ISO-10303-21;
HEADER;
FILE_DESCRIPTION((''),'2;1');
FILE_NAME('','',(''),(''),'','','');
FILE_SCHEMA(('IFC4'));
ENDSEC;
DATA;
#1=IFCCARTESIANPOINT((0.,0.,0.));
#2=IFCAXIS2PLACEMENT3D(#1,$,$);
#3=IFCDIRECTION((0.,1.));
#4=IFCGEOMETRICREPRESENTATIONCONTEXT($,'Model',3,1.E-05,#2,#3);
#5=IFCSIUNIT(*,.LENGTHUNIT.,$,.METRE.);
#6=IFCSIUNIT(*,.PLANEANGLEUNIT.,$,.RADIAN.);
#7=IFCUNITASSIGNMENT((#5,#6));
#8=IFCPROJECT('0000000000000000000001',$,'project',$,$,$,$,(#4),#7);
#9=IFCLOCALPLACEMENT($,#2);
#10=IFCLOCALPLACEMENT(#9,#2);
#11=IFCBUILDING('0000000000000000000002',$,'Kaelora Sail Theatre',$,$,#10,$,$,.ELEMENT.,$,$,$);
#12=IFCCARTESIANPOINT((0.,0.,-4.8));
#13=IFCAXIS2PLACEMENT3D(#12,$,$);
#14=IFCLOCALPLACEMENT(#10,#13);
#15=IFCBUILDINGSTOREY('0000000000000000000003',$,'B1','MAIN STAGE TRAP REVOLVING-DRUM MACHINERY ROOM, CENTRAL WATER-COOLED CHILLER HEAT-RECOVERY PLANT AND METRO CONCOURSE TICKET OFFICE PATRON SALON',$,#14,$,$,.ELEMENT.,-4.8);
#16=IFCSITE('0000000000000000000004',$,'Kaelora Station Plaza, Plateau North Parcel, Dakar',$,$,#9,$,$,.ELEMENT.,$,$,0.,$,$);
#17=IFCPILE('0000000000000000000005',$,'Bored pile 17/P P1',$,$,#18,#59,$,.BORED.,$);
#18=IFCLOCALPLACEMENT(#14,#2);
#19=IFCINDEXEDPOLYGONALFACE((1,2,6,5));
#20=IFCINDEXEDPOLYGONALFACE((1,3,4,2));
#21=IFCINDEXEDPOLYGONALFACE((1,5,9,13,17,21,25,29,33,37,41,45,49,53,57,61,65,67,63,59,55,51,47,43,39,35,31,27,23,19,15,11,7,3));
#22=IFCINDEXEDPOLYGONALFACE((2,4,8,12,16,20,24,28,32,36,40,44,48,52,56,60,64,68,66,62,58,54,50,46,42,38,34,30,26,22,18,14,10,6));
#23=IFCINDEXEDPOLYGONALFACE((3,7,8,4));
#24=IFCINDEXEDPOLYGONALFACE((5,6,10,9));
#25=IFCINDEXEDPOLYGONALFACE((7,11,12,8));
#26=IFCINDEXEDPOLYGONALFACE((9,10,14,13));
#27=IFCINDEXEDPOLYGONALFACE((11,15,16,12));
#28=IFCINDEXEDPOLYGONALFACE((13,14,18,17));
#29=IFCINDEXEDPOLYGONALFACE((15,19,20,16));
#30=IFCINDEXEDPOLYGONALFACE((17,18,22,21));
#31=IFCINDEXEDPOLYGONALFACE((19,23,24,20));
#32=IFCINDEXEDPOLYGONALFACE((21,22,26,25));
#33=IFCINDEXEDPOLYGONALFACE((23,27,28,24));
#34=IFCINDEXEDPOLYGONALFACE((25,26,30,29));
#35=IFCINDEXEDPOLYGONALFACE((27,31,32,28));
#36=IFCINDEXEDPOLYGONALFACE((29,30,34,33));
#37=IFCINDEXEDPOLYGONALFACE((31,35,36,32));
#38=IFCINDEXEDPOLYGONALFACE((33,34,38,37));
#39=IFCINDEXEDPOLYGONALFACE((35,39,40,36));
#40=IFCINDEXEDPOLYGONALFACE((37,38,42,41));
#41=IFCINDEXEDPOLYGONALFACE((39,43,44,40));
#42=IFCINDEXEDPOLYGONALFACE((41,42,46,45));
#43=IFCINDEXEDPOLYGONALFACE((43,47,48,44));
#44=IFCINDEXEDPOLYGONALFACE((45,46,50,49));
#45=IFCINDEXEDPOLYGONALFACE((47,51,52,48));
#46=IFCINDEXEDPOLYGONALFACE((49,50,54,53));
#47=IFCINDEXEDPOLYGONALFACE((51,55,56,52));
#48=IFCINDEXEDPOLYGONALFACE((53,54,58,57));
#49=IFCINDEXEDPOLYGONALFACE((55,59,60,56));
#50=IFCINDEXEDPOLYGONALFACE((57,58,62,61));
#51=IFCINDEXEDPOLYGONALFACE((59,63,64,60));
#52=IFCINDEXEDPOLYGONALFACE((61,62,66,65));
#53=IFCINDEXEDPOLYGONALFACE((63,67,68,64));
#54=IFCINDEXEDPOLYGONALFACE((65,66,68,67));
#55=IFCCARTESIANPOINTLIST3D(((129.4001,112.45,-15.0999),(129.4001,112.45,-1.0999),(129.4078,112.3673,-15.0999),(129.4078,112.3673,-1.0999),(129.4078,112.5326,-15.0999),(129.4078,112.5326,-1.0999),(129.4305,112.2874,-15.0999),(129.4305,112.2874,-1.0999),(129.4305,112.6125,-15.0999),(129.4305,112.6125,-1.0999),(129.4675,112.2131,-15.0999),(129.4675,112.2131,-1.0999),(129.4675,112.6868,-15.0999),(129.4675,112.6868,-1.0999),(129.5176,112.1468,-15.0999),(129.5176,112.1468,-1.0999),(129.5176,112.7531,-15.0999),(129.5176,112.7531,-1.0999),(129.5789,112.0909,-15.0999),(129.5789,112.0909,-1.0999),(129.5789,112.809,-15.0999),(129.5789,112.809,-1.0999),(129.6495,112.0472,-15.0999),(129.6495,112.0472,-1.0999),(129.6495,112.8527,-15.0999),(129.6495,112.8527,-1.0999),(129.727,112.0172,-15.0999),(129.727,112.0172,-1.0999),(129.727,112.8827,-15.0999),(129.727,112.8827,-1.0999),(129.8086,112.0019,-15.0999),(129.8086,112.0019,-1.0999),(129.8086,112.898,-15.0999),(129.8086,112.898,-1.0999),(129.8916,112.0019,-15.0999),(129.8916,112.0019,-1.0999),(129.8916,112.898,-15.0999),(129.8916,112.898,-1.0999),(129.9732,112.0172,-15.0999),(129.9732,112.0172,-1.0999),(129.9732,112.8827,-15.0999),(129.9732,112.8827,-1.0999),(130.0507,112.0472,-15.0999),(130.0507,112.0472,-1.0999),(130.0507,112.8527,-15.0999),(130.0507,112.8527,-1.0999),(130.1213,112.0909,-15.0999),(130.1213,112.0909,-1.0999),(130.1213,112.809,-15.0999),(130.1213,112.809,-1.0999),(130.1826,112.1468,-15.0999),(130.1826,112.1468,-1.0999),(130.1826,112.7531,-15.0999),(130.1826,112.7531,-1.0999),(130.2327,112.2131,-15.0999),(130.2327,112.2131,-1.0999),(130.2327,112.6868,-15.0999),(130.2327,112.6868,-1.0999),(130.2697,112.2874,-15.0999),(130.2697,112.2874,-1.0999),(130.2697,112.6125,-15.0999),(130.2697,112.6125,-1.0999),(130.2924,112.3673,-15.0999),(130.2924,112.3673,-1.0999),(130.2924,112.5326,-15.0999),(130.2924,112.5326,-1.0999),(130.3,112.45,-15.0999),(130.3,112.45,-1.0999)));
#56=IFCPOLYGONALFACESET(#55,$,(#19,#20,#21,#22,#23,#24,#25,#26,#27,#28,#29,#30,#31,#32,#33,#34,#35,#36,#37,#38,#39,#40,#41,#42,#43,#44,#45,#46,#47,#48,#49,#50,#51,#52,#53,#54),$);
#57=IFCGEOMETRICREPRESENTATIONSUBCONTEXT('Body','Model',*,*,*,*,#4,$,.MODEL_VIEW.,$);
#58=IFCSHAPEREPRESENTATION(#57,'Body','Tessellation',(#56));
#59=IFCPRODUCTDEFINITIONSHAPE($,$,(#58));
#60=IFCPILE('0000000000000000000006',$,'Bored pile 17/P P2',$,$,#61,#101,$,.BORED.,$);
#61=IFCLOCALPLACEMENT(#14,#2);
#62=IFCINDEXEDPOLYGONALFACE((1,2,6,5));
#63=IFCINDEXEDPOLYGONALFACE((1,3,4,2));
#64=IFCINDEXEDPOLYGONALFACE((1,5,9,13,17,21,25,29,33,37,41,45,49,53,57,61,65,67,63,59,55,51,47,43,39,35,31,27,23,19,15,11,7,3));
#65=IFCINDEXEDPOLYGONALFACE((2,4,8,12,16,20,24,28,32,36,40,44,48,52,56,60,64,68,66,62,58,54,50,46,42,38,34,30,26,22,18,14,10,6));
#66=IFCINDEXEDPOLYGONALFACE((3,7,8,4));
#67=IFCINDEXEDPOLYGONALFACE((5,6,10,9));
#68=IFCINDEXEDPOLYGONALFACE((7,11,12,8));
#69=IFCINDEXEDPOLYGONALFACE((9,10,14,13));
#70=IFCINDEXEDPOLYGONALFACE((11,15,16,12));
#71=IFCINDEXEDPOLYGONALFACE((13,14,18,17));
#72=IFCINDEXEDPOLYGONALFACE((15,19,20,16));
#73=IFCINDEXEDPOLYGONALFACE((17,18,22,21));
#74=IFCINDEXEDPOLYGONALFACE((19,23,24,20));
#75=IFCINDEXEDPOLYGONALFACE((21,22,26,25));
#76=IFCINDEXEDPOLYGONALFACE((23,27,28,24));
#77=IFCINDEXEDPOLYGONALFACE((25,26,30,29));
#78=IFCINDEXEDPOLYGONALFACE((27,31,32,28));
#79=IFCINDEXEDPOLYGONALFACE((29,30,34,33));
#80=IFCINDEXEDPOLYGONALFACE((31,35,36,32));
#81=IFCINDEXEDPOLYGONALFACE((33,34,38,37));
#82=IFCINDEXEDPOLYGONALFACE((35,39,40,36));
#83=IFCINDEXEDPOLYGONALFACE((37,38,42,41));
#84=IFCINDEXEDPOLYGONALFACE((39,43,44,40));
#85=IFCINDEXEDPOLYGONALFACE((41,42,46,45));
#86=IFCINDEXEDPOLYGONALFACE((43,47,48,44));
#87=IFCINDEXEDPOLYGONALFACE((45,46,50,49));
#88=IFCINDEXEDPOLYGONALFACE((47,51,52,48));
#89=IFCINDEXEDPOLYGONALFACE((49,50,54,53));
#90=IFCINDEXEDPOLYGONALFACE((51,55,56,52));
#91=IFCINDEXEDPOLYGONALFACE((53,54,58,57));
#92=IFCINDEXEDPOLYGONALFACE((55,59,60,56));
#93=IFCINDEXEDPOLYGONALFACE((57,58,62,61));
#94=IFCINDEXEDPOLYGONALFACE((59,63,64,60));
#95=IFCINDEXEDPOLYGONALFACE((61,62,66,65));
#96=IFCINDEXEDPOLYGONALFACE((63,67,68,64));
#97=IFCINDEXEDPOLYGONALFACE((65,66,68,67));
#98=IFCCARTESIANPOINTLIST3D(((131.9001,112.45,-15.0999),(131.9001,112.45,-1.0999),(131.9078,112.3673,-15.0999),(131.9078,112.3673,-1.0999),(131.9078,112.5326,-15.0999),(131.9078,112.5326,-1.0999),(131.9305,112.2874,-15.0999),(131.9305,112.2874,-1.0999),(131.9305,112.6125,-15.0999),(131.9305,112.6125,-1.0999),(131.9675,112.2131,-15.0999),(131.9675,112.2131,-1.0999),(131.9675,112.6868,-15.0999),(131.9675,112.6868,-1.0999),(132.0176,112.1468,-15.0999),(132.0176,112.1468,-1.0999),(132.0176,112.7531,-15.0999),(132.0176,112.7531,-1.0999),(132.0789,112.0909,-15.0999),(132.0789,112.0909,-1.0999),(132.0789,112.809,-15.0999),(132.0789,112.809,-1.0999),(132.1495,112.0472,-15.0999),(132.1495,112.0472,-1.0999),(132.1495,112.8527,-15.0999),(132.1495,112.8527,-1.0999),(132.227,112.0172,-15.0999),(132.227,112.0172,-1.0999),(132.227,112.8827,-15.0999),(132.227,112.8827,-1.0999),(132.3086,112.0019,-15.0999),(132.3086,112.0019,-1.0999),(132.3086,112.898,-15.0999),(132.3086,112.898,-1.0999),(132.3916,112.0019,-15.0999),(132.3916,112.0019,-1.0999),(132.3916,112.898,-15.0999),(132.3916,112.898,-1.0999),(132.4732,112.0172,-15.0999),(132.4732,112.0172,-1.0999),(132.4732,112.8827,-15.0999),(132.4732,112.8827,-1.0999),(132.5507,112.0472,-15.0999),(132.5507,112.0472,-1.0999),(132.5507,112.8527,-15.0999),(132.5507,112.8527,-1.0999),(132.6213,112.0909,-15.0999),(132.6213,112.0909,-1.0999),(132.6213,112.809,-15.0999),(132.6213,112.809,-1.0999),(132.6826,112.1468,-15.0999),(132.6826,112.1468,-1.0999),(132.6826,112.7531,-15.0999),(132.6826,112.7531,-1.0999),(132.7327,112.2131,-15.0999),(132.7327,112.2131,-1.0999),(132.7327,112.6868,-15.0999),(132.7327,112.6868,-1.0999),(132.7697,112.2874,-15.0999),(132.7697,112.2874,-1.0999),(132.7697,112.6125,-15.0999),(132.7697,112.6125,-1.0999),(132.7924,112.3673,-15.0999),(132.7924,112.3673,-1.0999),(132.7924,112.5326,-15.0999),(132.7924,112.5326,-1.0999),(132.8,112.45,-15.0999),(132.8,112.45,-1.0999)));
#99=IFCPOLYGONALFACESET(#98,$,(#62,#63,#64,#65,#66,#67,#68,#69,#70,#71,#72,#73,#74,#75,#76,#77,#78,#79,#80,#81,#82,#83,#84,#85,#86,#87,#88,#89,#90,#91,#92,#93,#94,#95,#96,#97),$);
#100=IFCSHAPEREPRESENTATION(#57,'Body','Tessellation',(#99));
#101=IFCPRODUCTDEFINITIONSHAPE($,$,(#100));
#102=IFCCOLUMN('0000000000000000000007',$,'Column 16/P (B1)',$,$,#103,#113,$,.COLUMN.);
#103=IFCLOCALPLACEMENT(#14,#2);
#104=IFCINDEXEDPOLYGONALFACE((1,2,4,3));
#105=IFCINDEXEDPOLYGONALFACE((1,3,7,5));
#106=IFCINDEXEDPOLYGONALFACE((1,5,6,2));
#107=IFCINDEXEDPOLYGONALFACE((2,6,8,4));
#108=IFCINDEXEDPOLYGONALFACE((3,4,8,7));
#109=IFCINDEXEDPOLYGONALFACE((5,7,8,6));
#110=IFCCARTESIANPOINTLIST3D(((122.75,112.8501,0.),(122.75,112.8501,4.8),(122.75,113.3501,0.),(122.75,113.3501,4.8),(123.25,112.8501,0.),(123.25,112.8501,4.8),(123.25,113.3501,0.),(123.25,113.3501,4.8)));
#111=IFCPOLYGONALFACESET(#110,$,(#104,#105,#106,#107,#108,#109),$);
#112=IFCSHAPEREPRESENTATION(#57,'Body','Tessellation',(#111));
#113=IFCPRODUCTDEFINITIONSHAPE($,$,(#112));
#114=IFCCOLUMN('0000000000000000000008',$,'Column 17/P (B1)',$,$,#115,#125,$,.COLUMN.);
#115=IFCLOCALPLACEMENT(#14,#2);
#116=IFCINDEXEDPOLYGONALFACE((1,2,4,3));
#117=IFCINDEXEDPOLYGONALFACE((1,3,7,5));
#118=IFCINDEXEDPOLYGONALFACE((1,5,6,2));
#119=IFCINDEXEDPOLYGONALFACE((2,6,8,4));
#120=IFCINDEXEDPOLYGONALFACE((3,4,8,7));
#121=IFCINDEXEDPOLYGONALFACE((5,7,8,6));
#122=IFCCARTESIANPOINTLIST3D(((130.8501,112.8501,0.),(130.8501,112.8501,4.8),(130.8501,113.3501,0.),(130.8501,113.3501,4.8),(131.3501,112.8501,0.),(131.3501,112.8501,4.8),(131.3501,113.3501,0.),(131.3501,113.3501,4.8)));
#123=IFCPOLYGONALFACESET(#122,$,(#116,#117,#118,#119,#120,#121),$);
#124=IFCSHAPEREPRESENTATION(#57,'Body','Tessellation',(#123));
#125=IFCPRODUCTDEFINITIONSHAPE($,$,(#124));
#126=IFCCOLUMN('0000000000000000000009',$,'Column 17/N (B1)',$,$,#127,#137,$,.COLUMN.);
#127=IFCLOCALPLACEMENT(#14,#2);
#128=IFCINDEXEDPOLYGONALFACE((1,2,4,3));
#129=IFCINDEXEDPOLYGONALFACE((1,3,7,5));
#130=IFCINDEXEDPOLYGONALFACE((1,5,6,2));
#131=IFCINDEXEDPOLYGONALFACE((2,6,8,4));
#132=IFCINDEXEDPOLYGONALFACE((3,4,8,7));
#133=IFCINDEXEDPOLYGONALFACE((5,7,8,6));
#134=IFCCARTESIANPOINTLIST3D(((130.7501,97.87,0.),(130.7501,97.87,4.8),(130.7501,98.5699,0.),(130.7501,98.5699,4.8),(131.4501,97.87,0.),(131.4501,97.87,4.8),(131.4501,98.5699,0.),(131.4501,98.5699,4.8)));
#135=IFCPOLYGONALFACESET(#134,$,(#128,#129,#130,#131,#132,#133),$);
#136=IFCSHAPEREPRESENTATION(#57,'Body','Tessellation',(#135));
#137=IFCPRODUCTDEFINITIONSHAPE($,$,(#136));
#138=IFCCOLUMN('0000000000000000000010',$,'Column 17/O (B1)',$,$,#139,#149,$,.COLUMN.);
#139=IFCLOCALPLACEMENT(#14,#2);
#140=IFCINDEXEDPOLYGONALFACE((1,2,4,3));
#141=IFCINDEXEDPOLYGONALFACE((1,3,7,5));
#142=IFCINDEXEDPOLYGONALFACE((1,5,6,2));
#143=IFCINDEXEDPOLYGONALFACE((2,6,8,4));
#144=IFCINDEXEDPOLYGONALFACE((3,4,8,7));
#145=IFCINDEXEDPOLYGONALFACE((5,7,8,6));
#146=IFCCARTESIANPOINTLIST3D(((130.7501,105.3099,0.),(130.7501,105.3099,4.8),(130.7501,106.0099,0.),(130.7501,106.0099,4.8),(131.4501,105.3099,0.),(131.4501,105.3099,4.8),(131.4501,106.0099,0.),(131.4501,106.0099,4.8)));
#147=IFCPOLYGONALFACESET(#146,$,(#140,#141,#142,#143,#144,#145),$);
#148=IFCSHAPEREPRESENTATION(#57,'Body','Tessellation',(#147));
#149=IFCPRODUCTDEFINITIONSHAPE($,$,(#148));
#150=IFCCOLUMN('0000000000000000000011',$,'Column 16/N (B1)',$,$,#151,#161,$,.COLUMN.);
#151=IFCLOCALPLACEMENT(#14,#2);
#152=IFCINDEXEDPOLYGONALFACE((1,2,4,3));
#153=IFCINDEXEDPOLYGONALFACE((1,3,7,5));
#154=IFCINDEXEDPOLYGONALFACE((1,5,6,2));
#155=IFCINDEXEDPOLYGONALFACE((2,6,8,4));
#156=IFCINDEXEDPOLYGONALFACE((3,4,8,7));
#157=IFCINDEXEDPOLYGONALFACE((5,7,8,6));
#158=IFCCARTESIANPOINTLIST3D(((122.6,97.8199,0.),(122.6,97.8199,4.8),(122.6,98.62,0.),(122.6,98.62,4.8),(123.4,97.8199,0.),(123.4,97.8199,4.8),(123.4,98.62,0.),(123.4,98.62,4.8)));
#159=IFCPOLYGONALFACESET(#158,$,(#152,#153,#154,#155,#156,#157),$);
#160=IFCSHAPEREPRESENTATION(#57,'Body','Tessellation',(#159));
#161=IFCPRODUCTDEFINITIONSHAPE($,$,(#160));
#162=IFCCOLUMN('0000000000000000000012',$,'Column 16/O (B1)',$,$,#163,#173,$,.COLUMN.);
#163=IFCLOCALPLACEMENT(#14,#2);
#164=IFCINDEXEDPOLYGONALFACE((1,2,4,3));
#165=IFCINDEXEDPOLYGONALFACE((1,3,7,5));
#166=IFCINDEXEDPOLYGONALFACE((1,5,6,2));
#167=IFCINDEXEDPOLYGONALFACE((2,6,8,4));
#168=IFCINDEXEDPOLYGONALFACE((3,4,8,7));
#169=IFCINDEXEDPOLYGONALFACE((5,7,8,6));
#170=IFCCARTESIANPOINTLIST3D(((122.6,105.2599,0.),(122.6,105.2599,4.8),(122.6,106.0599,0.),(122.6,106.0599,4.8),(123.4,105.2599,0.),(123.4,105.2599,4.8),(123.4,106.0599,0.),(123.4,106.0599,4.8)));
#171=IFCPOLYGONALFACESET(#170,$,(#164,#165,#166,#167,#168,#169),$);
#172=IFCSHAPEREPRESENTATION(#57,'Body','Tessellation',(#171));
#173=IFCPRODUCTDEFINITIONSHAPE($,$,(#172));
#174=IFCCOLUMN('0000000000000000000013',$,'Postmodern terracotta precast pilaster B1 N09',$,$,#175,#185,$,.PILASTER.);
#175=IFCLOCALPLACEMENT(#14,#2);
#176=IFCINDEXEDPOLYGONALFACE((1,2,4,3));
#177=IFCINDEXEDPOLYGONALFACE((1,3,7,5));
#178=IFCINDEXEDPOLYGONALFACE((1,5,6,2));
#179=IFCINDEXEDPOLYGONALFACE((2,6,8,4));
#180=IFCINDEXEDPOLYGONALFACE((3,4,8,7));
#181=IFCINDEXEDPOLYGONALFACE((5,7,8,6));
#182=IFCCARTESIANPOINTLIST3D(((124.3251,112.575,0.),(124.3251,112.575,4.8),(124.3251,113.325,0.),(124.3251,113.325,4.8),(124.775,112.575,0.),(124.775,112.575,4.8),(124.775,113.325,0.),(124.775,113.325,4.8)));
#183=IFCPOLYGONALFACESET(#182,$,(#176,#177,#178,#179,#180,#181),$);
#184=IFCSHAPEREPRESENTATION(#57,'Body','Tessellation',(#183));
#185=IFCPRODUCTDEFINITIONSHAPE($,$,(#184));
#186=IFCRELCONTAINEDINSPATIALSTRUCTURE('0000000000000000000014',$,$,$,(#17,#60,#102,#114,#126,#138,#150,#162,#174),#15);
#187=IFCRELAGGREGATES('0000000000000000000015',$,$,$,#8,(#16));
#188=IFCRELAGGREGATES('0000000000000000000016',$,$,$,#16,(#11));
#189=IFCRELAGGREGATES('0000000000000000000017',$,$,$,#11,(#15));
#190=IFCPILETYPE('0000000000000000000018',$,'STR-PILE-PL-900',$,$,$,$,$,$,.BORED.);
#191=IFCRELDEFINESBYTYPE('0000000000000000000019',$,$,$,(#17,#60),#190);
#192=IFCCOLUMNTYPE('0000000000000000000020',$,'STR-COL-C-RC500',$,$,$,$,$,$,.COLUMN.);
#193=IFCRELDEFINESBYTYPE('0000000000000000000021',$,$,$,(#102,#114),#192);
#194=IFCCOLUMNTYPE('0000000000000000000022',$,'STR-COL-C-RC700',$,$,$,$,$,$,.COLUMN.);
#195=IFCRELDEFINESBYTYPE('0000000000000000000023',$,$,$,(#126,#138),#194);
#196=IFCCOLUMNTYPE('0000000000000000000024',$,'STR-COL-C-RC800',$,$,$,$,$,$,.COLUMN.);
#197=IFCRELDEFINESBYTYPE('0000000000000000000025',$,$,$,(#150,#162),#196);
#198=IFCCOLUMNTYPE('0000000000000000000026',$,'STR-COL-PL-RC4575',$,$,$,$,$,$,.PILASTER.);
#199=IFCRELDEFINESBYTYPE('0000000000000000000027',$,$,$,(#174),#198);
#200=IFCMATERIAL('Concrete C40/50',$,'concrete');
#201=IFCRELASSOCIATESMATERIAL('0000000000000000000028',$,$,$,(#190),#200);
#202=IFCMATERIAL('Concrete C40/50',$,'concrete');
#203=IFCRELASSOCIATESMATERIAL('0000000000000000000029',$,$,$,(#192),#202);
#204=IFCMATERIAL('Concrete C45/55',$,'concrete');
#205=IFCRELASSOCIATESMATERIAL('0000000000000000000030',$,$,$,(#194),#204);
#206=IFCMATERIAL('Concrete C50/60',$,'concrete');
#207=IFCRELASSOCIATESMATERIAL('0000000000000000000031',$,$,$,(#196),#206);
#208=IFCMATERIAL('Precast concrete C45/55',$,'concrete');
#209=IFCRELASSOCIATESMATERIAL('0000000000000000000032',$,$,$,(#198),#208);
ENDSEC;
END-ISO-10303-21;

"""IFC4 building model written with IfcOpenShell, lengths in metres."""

from ifc_helpers import new_model, si_unit, direction, frame, origin, origin_2d, place, context, subcontext, project, spatial, rectangle, circle, extrude, material, material_profile, profile_set, type_object, element, save


model = new_model("IFC4")

# Units and contexts
model_context = context("Model", 3, precision=1e-05, world=origin(), true_north=direction((0.0, 1.0)))
body_context = subcontext(model_context, "Body", "Model", "MODEL_VIEW")
ifc_project = project(units=[si_unit("LENGTHUNIT", "METRE"), si_unit("PLANEANGLEUNIT", "RADIAN")], contexts=[model_context])

# Site, building, storey
site_placement = place(None, origin())
site = spatial("IfcSite", under=ifc_project, at=site_placement, Name="Kaelora Station Plaza, Plateau North Parcel, Dakar", CompositionType="ELEMENT", RefElevation=0.0)
building_placement = place(site_placement, origin())
building = spatial("IfcBuilding", under=site, at=building_placement, Name="Kaelora Sail Theatre", CompositionType="ELEMENT")
storey_placement = place(building_placement, frame((0.0, 0.0, -4.8)))
storey = spatial("IfcBuildingStorey", under=building, at=storey_placement, Name="B1", Description="MAIN STAGE TRAP REVOLVING-DRUM MACHINERY ROOM, CENTRAL WATER-COOLED CHILLER HEAT-RECOVERY PLANT AND METRO CONCOURSE TICKET OFFICE PATRON SALON", CompositionType="ELEMENT", Elevation=-4.8)

# Piles
ifc_material_1 = material(Name="Concrete C40/50", Category="concrete")
ifc_material_profile_1 = material_profile(ifc_material_1, circle(Radius=0.45, at=origin_2d()), Name="PILE D900")
ifc_profile_set_1 = profile_set([ifc_material_profile_1], Name="Concrete C40/50")
pile_type_1 = type_object("IfcPileType", Name="STR-PILE-PL-900", PredefinedType="BORED", material=ifc_profile_set_1)
for number, where, z_axis, x_axis, name in (
    (1, (129.8501, 112.45, -1.0999), (0.0, 0.0, -1.0), (1.0, 0.0, 0.0), "Bored pile 17/P P1"),
    (2, (132.3501, 112.45, -1.0999), (0.0, 0.0, -1.0), (1.0, 0.0, 0.0), "Bored pile 17/P P2"),
):
    element("IfcPile", number, at=place(storey_placement, frame(where, z_axis=z_axis, x_axis=x_axis)), inside=storey, type_object=pile_type_1, Name=name, PredefinedType="BORED", context=body_context, shape_type="SweptSolid", body=[
        extrude(circle(Radius=0.45, at=origin_2d()), origin(), (0.0, 0.0, 1.0), 14.0),
    ])

# Columns
ifc_material_2 = material(Name="Concrete C40/50", Category="concrete")
ifc_material_profile_2 = material_profile(ifc_material_2, rectangle(XDim=0.5, YDim=0.5, at=origin_2d()), Name="RC-COL 500x500")
ifc_profile_set_2 = profile_set([ifc_material_profile_2], Name="Concrete C40/50")
column_type_1 = type_object("IfcColumnType", Name="STR-COL-C-RC500", PredefinedType="COLUMN", material=ifc_profile_set_2)
for number, where, z_axis, x_axis, name in (
    (3, (123.0, 113.1001, 0.0), (0.0, 0.0, 1.0), (1.0, 0.0, 0.0), "Column 16/P (B1)"),
    (4, (131.1001, 113.1001, 0.0), (0.0, 0.0, 1.0), (1.0, 0.0, 0.0), "Column 17/P (B1)"),
):
    element("IfcColumn", number, at=place(storey_placement, frame(where, z_axis=z_axis, x_axis=x_axis)), inside=storey, type_object=column_type_1, Name=name, PredefinedType="COLUMN", context=body_context, shape_type="SweptSolid", body=[
        extrude(rectangle(XDim=0.5, YDim=0.5, at=origin_2d()), origin(), (0.0, 0.0, 1.0), 4.8),
    ])
ifc_material_3 = material(Name="Concrete C45/55", Category="concrete")
ifc_material_profile_3 = material_profile(ifc_material_3, rectangle(XDim=0.7, YDim=0.7, at=origin_2d()), Name="RC-COL 700x700")
ifc_profile_set_3 = profile_set([ifc_material_profile_3], Name="Concrete C45/55")
column_type_2 = type_object("IfcColumnType", Name="STR-COL-C-RC700", PredefinedType="COLUMN", material=ifc_profile_set_3)
for number, where, z_axis, x_axis, name in (
    (5, (131.1001, 98.22, 0.0), (0.0, 0.0, 1.0), (1.0, 0.0, 0.0), "Column 17/N (B1)"),
    (6, (131.1001, 105.6599, 0.0), (0.0, 0.0, 1.0), (1.0, 0.0, 0.0), "Column 17/O (B1)"),
):
    element("IfcColumn", number, at=place(storey_placement, frame(where, z_axis=z_axis, x_axis=x_axis)), inside=storey, type_object=column_type_2, Name=name, PredefinedType="COLUMN", context=body_context, shape_type="SweptSolid", body=[
        extrude(rectangle(XDim=0.7, YDim=0.7, at=origin_2d()), origin(), (0.0, 0.0, 1.0), 4.8),
    ])
ifc_material_4 = material(Name="Concrete C50/60", Category="concrete")
ifc_material_profile_4 = material_profile(ifc_material_4, rectangle(XDim=0.8, YDim=0.8, at=origin_2d()), Name="RC-COL 800x800")
ifc_profile_set_4 = profile_set([ifc_material_profile_4], Name="Concrete C50/60")
column_type_3 = type_object("IfcColumnType", Name="STR-COL-C-RC800", PredefinedType="COLUMN", material=ifc_profile_set_4)
for number, where, z_axis, x_axis, name in (
    (7, (123.0, 98.22, 0.0), (0.0, 0.0, 1.0), (1.0, 0.0, 0.0), "Column 16/N (B1)"),
    (8, (123.0, 105.6599, 0.0), (0.0, 0.0, 1.0), (1.0, 0.0, 0.0), "Column 16/O (B1)"),
):
    element("IfcColumn", number, at=place(storey_placement, frame(where, z_axis=z_axis, x_axis=x_axis)), inside=storey, type_object=column_type_3, Name=name, PredefinedType="COLUMN", context=body_context, shape_type="SweptSolid", body=[
        extrude(rectangle(XDim=0.8, YDim=0.8, at=origin_2d()), origin(), (0.0, 0.0, 1.0), 4.8),
    ])
ifc_material_5 = material(Name="Precast concrete C45/55", Category="concrete")
ifc_material_profile_5 = material_profile(ifc_material_5, rectangle(XDim=0.45, YDim=0.75, at=origin_2d()), Name="RC-PIL 450x750")
ifc_profile_set_5 = profile_set([ifc_material_profile_5], Name="Precast concrete C45/55")
column_type_4 = type_object("IfcColumnType", Name="STR-COL-PL-RC4575", PredefinedType="PILASTER", material=ifc_profile_set_5)
column_placement = place(storey_placement, frame((124.55, 112.95, 0.0), z_axis=(0.0, 0.0, 1.0), x_axis=(1.0, 0.0, 0.0)))
element("IfcColumn", 9, at=column_placement, inside=storey, type_object=column_type_4, Name="Postmodern terracotta precast pilaster B1 N09", PredefinedType="PILASTER", context=body_context, shape_type="SweptSolid", body=[
    extrude(rectangle(XDim=0.45, YDim=0.75, at=origin_2d()), origin(), (0.0, 0.0, 1.0), 4.8),
])

save(model, "model.ifc")
